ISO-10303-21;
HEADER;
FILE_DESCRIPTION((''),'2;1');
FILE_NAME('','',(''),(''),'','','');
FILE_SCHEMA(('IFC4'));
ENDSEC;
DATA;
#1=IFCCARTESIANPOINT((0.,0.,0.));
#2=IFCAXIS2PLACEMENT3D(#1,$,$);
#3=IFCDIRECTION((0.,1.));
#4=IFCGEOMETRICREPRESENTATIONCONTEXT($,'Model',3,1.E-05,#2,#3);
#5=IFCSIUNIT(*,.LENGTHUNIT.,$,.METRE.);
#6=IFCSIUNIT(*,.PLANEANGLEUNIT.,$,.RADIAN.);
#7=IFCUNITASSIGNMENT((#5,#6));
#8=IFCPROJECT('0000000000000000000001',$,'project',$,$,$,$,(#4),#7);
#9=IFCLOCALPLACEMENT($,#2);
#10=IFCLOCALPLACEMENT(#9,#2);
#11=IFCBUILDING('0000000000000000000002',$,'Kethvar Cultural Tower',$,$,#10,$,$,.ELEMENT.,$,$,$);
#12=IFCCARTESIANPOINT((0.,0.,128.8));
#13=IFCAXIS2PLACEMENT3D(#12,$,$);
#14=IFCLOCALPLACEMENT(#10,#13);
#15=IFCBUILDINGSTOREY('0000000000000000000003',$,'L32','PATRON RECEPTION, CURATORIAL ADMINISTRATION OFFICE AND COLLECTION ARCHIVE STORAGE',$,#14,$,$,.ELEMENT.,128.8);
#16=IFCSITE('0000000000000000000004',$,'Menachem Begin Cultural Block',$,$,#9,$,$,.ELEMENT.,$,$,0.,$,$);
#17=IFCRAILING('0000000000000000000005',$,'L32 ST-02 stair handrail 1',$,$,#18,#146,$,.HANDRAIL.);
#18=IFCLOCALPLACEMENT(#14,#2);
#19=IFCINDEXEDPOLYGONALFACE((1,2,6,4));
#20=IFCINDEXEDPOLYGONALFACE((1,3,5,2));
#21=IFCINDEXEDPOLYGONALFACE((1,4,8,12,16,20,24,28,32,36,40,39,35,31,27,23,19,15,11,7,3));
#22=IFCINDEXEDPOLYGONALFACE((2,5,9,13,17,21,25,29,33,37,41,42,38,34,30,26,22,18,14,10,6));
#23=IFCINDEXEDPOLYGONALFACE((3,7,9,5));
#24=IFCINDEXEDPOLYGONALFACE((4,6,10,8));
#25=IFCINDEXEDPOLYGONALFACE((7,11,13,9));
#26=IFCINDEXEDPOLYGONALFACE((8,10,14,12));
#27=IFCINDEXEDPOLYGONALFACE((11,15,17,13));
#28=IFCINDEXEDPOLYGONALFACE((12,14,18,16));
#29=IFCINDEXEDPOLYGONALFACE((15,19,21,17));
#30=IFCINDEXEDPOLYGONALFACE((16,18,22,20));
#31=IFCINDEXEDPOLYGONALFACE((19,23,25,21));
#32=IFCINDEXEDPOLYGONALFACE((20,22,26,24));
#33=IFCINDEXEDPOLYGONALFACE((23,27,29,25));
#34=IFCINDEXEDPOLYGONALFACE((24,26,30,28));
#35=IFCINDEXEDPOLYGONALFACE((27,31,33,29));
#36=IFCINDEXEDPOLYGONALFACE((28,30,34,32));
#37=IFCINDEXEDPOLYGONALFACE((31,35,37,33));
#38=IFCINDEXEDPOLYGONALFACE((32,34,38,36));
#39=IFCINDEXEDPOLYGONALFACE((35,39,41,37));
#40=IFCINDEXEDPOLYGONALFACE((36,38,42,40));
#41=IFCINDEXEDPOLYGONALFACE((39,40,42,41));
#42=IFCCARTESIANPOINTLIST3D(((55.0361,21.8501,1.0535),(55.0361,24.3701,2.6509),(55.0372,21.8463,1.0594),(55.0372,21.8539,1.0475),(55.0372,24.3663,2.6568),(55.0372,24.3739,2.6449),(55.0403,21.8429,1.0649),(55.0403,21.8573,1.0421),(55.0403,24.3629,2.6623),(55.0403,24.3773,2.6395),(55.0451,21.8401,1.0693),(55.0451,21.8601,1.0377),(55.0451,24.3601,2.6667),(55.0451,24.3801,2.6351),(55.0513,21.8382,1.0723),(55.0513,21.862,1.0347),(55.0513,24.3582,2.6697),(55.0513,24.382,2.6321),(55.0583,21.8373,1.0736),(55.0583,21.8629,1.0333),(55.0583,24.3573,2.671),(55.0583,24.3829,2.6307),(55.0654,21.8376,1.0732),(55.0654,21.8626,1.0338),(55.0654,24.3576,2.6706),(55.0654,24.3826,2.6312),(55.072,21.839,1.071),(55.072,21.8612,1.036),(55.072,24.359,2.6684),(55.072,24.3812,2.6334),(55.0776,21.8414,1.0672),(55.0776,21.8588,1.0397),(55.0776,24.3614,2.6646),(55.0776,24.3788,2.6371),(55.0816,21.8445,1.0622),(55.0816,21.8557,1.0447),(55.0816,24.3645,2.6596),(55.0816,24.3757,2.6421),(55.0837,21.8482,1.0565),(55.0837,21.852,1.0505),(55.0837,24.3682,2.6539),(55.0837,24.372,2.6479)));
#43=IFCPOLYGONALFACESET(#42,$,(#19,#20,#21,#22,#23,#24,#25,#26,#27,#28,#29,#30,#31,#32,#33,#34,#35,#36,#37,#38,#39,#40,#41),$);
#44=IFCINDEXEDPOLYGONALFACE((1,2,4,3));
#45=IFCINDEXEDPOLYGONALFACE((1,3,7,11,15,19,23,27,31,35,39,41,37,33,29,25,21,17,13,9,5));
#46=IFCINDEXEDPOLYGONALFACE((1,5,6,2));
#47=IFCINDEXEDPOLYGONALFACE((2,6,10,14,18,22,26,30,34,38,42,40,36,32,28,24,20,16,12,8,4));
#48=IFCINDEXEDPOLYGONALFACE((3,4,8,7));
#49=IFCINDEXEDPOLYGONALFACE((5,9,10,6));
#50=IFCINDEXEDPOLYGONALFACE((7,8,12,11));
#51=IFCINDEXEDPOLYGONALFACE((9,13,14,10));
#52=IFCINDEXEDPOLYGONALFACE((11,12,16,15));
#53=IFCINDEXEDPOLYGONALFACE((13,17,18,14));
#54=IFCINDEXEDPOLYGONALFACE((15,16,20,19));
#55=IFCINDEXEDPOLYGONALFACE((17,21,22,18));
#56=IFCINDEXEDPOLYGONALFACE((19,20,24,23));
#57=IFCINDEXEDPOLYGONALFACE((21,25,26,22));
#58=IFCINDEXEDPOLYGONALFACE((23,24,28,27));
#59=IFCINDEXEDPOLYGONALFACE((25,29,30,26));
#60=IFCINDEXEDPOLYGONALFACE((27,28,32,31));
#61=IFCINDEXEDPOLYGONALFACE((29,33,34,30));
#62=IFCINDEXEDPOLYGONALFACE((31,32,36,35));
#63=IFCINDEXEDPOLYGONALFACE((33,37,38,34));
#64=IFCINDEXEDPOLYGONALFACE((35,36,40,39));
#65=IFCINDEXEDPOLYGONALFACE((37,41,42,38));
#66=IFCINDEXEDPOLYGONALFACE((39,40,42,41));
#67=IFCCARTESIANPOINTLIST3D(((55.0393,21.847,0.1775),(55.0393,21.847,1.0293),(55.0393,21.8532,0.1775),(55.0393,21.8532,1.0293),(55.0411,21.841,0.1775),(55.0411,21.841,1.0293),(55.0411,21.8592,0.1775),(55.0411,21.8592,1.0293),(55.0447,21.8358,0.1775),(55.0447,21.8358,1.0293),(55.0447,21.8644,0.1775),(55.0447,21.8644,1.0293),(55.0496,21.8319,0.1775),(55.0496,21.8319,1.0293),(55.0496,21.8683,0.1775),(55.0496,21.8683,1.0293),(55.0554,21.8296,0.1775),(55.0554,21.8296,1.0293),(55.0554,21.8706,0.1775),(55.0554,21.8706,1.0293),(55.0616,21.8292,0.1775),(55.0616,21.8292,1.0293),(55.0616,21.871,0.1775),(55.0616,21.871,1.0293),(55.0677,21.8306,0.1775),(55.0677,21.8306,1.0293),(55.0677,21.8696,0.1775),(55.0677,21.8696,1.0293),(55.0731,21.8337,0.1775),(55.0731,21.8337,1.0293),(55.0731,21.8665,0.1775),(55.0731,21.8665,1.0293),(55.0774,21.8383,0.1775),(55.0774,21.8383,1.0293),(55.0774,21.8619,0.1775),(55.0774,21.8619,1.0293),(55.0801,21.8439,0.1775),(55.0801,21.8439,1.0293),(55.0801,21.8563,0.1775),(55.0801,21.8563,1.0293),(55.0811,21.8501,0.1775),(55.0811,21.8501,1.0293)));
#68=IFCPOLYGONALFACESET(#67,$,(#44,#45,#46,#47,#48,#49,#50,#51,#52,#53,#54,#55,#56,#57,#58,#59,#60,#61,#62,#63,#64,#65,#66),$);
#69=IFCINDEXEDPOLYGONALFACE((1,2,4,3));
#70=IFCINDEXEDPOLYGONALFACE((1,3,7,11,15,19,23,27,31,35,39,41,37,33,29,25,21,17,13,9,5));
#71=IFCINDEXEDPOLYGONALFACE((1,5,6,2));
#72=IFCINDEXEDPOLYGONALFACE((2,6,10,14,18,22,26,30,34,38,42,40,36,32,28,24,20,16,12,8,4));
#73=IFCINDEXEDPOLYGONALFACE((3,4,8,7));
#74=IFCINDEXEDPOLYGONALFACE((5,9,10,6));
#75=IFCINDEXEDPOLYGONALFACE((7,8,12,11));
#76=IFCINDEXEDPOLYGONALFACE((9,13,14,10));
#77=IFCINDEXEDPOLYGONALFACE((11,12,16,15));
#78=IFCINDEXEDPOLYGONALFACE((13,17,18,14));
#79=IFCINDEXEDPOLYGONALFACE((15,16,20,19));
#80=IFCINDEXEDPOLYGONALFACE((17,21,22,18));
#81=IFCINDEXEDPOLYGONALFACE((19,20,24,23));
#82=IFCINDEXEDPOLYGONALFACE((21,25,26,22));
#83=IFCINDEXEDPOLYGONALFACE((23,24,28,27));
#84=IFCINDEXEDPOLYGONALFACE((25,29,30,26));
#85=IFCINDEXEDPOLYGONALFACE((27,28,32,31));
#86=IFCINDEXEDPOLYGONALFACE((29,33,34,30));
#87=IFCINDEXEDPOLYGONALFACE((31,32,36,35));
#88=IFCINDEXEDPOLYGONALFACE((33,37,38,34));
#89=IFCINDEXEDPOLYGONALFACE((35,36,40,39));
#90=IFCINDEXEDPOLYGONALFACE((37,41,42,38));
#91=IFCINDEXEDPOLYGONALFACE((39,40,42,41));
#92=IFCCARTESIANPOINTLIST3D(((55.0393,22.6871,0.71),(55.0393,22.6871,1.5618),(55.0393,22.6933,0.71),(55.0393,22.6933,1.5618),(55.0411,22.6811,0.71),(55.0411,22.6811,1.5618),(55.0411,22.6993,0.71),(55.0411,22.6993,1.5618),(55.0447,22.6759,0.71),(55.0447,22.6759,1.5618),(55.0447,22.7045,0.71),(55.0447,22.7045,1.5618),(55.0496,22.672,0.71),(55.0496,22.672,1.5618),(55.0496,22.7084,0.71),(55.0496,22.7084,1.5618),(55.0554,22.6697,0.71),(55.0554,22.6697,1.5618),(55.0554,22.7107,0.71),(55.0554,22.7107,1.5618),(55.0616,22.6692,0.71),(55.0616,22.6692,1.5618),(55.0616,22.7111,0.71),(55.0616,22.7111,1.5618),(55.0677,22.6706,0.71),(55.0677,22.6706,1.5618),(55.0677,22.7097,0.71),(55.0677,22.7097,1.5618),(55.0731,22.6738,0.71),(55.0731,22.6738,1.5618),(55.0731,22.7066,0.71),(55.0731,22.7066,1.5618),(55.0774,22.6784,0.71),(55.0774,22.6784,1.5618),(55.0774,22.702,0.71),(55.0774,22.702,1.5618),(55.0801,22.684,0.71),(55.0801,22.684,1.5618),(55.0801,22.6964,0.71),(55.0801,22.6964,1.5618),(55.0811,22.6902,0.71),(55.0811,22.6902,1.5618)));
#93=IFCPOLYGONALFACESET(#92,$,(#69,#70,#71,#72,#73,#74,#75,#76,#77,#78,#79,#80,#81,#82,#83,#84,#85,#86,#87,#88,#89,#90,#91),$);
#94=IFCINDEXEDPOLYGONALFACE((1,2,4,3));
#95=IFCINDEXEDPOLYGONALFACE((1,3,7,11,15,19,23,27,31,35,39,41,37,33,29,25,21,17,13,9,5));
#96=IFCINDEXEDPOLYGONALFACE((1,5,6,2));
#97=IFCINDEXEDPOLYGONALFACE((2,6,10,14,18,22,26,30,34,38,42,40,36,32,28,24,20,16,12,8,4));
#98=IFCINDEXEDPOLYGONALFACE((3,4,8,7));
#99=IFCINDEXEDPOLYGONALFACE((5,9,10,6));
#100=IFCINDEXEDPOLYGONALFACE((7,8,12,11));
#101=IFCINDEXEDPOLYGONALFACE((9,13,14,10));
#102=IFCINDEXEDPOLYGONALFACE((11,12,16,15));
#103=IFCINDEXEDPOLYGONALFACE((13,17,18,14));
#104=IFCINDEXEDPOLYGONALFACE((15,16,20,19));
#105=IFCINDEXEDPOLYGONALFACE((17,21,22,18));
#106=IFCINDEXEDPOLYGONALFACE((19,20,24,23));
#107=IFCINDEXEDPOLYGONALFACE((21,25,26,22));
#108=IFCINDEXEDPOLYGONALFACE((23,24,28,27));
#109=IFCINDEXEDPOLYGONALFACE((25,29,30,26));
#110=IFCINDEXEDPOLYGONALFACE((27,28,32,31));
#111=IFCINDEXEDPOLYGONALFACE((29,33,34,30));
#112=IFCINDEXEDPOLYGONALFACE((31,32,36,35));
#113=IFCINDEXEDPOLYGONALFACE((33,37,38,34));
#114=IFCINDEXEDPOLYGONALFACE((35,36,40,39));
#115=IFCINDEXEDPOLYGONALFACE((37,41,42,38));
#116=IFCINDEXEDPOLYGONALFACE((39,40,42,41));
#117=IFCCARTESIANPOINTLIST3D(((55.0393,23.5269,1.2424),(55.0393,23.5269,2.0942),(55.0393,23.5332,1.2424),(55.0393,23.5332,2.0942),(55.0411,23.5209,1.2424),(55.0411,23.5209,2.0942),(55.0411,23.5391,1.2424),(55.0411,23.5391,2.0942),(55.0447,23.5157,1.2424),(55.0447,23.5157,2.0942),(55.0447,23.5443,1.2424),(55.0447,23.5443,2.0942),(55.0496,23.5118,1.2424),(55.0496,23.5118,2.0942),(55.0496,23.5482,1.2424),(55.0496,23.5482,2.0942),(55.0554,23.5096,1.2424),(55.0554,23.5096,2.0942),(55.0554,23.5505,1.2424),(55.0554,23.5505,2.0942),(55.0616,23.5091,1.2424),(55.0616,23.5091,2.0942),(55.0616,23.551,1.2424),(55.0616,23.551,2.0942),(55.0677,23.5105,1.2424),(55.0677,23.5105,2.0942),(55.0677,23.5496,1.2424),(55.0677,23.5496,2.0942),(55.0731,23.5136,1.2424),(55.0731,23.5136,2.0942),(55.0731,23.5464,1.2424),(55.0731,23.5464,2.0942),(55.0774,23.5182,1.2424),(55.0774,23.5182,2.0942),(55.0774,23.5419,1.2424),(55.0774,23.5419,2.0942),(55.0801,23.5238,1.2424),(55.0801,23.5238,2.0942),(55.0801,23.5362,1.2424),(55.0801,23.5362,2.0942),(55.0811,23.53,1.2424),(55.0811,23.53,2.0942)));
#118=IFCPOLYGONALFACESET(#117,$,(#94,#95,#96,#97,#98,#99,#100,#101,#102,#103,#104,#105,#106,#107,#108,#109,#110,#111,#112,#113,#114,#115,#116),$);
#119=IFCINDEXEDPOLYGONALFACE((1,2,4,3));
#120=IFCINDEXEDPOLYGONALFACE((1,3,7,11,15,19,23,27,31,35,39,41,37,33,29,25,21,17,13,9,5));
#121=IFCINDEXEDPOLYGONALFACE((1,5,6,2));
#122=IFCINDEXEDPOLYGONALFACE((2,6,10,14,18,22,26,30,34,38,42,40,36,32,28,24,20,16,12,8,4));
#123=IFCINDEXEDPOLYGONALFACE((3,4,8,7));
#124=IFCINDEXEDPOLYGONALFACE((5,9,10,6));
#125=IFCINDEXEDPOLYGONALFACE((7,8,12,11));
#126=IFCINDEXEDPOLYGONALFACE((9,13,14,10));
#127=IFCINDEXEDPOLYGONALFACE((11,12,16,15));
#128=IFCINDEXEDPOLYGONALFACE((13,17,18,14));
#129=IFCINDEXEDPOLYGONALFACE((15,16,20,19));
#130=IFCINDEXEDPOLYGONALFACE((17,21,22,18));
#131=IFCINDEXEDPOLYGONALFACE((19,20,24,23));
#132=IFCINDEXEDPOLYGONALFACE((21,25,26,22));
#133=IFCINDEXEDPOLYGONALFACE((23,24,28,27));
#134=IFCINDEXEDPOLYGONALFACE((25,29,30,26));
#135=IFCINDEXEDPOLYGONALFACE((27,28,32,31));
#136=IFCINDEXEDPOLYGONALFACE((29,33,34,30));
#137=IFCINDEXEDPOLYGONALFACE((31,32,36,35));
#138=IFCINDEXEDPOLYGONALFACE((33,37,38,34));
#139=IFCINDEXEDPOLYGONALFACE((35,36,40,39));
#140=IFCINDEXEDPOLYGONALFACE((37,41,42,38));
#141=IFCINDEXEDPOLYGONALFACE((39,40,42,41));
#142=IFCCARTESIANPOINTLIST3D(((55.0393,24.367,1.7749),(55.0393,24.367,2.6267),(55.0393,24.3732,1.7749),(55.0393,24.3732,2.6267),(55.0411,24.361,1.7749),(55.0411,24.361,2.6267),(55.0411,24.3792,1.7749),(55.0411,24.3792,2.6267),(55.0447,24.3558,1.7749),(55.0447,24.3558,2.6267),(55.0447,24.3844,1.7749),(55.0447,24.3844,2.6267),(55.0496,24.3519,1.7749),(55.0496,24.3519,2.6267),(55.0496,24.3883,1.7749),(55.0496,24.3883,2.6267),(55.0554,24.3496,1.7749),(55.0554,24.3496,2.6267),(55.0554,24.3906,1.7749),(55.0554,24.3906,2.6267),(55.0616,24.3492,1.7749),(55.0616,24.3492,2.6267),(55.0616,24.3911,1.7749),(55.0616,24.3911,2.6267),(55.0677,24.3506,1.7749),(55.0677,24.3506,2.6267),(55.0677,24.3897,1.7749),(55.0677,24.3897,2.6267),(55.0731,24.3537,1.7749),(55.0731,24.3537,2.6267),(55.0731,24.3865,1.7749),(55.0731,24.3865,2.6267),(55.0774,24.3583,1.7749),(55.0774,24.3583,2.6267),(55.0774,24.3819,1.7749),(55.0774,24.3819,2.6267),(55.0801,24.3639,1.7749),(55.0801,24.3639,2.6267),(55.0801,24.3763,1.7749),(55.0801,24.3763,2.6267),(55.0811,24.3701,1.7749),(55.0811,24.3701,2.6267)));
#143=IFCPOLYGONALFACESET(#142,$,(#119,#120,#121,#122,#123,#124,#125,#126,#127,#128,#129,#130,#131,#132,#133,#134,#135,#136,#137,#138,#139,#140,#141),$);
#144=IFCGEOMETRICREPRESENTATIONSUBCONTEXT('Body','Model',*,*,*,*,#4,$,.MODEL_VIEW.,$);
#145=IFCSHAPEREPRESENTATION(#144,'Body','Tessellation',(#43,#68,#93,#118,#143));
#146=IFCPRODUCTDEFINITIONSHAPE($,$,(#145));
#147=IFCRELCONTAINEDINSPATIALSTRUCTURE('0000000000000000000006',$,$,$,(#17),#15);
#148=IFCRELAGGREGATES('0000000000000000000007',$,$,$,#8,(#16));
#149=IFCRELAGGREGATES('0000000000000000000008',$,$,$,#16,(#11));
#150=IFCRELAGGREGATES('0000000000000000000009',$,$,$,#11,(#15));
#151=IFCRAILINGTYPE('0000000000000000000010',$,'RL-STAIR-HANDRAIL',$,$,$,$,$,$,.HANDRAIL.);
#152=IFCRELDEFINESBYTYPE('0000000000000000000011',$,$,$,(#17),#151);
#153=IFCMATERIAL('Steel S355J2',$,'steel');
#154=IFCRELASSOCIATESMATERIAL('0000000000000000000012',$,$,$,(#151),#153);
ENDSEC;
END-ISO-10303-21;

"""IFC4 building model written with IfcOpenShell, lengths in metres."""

from ifc_helpers import new_model, si_unit, direction, frame, origin, origin_2d, place, context, subcontext, project, spatial, circle, extrude, material, type_object, element, save


model = new_model("IFC4")

# Units and contexts
model_context = context("Model", 3, precision=1e-05, world=origin(), true_north=direction((0.0, 1.0)))
body_context = subcontext(model_context, "Body", "Model", "MODEL_VIEW")
ifc_project = project(units=[si_unit("LENGTHUNIT", "METRE"), si_unit("PLANEANGLEUNIT", "RADIAN")], contexts=[model_context])

# Site, building, storey
site_placement = place(None, origin())
site = spatial("IfcSite", under=ifc_project, at=site_placement, Name="Menachem Begin Cultural Block", CompositionType="ELEMENT", RefElevation=0.0)
building_placement = place(site_placement, origin())
building = spatial("IfcBuilding", under=site, at=building_placement, Name="Kethvar Cultural Tower", CompositionType="ELEMENT")
storey_placement = place(building_placement, frame((0.0, 0.0, 128.8)))
storey = spatial("IfcBuildingStorey", under=building, at=storey_placement, Name="L32", Description="PATRON RECEPTION, CURATORIAL ADMINISTRATION OFFICE AND COLLECTION ARCHIVE STORAGE", CompositionType="ELEMENT", Elevation=128.8)

# Shared definitions
ifc_material_1 = material(Name="Steel S355J2", Category="steel")

# Railing
railing_type_1 = type_object("IfcRailingType", Name="RL-STAIR-HANDRAIL", PredefinedType="HANDRAIL", material=ifc_material_1)
railing_1_placement = place(storey_placement, frame((55.0601, 21.8501, 0.1775)))
element("IfcRailing", 1, at=railing_1_placement, inside=storey, type_object=railing_type_1, Name="L32 ST-02 stair handrail 1", PredefinedType="HANDRAIL", context=body_context, shape_type="SweptSolid", body=[
    extrude(circle(Radius=0.0239, at=origin_2d()), frame((0.0, 0.0, 0.876), z_axis=(0.0, 0.844607, 0.535387), x_axis=(-1.0, 0.0, 0.0)), (0.0, 0.0, 1.0), 2.9836),
    extrude(circle(Radius=0.021, at=origin_2d()), origin(), (0.0, 0.0, 1.0), 0.8518),
    extrude(circle(Radius=0.021, at=origin_2d()), frame((0.0, 0.8401, 0.5325)), (0.0, 0.0, 1.0), 0.8518),
    extrude(circle(Radius=0.021, at=origin_2d()), frame((0.0, 1.6799, 1.0649)), (0.0, 0.0, 1.0), 0.8518),
    extrude(circle(Radius=0.021, at=origin_2d()), frame((0.0, 2.52, 1.5974)), (0.0, 0.0, 1.0), 0.8518),
])

save(model, "model.ifc")
